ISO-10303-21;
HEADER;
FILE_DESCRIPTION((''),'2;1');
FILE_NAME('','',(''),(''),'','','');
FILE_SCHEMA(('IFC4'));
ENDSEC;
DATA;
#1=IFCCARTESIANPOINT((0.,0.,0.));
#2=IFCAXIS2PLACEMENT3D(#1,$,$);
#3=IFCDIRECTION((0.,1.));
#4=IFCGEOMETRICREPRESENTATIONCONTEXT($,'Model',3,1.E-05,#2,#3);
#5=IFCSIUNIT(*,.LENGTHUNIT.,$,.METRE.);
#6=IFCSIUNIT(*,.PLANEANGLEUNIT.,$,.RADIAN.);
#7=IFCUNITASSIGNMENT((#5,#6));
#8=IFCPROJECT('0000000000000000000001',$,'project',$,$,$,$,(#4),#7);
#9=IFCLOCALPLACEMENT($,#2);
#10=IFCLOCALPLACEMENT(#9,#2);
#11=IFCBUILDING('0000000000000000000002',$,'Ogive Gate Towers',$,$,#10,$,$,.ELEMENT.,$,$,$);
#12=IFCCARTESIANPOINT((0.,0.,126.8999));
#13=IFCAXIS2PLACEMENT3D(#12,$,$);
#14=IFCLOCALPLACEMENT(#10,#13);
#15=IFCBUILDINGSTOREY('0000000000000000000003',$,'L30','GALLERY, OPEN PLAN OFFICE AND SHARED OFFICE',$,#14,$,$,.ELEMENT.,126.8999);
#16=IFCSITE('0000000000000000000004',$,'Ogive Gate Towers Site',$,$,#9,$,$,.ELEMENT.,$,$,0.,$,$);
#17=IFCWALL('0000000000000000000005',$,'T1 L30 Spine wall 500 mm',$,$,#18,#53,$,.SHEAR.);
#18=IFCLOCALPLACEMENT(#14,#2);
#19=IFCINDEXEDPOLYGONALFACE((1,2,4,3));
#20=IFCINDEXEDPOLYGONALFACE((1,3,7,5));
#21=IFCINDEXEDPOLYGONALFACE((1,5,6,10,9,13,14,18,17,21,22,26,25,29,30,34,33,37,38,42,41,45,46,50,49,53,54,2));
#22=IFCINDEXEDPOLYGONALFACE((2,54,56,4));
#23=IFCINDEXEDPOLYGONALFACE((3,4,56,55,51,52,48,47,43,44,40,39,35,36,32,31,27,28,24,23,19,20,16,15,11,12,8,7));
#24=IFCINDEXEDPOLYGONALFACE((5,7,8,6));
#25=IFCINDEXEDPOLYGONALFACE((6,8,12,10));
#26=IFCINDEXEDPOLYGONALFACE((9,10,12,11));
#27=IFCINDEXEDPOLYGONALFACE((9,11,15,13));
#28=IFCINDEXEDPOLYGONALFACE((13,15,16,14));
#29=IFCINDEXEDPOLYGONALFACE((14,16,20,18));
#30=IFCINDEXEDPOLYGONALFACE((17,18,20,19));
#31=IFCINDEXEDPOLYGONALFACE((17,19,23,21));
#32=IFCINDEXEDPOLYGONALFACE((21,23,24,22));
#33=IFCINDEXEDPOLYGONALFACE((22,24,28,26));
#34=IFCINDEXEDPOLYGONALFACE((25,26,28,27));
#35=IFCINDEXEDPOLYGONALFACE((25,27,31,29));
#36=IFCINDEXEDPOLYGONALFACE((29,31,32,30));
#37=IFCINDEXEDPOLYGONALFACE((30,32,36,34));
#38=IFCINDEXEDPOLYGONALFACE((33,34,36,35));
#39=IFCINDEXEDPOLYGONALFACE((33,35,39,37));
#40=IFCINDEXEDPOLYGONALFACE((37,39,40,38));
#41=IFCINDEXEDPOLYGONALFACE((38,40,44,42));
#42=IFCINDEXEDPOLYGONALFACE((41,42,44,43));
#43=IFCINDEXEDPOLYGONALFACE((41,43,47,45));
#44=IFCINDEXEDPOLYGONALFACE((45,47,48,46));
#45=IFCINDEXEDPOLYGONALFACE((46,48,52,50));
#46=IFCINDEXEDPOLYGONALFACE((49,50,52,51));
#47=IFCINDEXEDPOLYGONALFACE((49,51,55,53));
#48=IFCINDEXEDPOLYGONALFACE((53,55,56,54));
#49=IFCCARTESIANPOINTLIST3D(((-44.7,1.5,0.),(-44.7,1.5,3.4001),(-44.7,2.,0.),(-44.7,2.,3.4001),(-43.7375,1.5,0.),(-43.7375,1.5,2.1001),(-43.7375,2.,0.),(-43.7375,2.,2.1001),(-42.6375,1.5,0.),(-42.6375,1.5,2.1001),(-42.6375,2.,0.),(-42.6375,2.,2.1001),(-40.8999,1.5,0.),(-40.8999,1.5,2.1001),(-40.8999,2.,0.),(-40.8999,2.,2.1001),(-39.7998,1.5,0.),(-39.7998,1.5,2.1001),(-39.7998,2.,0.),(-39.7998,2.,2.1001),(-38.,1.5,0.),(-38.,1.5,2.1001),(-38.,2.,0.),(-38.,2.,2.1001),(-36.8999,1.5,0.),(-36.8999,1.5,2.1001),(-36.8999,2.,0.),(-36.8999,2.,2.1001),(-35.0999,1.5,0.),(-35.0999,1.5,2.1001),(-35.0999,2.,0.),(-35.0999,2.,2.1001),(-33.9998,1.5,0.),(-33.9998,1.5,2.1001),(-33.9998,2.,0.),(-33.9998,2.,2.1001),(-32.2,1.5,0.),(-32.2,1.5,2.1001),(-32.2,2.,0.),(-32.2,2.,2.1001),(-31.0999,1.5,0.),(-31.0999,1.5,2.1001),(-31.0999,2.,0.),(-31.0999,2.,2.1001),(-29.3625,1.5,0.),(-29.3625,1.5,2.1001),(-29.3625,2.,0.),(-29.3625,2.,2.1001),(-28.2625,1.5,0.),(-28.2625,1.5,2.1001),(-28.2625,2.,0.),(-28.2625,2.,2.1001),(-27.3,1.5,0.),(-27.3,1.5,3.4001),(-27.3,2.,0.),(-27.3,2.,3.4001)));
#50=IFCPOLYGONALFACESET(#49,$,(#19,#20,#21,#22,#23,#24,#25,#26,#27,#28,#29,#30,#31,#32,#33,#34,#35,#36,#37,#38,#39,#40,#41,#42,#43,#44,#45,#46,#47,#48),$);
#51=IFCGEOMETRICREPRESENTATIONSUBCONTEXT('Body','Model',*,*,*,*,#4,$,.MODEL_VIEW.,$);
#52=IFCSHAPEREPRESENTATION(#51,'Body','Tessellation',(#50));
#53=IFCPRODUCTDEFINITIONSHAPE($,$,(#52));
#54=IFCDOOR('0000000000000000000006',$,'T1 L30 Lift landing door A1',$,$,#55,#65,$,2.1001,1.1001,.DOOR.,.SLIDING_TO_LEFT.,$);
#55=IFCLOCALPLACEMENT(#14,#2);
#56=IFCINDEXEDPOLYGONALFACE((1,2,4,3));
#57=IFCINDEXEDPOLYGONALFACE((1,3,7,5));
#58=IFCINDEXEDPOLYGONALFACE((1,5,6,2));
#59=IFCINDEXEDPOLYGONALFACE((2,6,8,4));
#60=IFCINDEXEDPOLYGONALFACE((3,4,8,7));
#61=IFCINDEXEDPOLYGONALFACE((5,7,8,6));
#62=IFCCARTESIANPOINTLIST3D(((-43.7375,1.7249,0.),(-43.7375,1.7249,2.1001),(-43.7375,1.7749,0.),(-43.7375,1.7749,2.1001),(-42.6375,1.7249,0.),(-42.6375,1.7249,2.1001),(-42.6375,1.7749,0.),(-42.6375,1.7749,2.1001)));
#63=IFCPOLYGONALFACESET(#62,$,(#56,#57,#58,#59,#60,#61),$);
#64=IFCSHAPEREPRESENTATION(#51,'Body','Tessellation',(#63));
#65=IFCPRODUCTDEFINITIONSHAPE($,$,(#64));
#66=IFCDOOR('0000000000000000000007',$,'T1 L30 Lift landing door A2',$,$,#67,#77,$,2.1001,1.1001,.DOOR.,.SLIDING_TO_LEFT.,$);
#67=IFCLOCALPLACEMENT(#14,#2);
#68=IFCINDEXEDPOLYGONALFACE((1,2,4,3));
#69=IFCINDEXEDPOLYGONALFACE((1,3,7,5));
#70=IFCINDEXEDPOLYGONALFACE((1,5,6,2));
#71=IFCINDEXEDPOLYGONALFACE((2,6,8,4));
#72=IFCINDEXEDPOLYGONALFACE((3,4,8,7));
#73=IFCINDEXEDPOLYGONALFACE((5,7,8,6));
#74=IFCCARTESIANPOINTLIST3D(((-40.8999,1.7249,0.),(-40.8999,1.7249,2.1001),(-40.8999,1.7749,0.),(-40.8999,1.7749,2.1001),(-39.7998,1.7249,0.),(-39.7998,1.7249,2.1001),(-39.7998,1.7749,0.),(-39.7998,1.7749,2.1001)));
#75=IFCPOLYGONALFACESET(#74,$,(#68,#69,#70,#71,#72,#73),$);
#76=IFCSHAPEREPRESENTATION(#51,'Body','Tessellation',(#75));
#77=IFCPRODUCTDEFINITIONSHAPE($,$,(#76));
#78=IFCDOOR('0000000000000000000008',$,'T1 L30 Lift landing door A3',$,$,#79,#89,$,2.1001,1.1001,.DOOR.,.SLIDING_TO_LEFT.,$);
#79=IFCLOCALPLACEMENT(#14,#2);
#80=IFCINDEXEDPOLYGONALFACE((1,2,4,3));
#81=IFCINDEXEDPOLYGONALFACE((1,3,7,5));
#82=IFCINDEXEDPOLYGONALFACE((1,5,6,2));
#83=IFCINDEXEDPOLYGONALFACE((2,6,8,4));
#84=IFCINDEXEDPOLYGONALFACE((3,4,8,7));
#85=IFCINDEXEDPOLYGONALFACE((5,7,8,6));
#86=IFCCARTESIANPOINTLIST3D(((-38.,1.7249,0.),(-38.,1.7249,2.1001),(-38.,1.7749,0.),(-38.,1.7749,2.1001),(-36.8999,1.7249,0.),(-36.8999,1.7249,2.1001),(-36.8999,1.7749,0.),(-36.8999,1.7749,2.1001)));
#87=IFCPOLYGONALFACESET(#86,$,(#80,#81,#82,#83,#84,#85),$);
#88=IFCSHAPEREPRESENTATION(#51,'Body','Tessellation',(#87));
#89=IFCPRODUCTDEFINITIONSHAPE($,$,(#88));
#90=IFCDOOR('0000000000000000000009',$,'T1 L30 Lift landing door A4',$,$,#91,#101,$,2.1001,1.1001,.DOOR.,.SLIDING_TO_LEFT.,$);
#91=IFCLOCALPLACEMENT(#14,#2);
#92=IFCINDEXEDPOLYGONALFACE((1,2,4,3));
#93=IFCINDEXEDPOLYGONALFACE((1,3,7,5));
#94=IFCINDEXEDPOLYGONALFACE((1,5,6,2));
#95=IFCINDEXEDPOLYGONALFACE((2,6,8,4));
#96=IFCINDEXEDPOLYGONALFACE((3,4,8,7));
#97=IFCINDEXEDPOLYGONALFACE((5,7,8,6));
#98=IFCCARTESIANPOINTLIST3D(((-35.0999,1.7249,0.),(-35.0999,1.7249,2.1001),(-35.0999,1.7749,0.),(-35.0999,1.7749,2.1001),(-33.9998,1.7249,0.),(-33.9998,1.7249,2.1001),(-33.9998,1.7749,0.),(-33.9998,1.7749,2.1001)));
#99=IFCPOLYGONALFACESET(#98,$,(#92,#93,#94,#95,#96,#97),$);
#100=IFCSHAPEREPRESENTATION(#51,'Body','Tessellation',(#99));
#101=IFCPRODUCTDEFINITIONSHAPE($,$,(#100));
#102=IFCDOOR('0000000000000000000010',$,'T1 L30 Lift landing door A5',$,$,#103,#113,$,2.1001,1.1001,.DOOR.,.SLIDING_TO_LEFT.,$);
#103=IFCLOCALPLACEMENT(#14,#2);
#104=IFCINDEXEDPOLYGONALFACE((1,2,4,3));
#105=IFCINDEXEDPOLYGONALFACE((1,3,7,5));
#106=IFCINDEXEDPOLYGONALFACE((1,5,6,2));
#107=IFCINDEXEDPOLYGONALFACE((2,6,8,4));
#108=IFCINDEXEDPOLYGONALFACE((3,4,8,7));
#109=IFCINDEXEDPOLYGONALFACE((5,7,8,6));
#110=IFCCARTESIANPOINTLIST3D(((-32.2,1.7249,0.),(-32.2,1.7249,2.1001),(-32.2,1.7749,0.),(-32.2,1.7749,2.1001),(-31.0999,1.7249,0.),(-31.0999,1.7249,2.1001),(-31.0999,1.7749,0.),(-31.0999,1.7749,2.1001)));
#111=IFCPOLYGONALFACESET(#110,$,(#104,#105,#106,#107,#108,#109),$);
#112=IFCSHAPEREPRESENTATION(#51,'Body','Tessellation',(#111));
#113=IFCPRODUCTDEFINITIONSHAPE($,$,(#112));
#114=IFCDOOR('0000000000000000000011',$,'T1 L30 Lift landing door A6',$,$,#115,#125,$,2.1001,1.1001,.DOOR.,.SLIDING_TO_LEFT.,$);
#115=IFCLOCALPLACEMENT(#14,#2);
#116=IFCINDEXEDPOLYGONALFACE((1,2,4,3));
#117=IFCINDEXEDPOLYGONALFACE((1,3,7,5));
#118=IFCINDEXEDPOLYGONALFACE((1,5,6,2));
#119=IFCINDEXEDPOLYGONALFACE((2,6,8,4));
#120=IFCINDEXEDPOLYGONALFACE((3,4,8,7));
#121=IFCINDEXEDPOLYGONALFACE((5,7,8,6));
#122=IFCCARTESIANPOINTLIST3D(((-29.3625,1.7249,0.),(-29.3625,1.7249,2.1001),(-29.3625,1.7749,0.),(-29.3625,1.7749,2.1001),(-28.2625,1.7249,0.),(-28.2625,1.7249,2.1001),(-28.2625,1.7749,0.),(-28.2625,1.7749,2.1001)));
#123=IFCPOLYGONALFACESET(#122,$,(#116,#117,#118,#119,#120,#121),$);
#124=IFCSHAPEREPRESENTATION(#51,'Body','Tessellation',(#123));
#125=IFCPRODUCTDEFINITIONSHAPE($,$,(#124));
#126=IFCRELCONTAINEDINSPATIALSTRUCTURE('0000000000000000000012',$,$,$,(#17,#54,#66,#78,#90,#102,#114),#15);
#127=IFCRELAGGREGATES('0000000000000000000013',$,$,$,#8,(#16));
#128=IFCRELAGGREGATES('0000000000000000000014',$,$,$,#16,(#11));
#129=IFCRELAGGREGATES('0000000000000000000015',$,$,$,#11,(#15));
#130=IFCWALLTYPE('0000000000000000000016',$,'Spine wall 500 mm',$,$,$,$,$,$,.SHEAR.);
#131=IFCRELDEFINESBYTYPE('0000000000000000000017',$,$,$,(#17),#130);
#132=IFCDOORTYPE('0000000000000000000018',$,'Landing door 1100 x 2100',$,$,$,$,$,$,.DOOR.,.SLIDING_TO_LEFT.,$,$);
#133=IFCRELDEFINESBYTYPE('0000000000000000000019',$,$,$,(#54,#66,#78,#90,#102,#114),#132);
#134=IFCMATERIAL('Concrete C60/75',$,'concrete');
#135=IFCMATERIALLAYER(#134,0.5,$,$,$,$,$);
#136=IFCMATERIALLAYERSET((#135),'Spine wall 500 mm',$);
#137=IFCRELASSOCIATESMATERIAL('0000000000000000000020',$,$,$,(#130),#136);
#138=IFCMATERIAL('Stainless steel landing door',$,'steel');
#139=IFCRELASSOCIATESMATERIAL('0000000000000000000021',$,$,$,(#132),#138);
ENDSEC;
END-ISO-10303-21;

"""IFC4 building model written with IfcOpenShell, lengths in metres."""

from ifc_helpers import new_model, si_unit, direction, frame, frame_2d, origin, place, context, subcontext, project, spatial, rectangle, extrude, material, layer, layer_set, type_object, element, fill, save


model = new_model("IFC4")

# Units and contexts
model_context = context("Model", 3, precision=1e-05, world=origin(), true_north=direction((0.0, 1.0)))
body_context = subcontext(model_context, "Body", "Model", "MODEL_VIEW")
ifc_project = project(units=[si_unit("LENGTHUNIT", "METRE"), si_unit("PLANEANGLEUNIT", "RADIAN")], contexts=[model_context])

# Site, building, storey
site_placement = place(None, origin())
site = spatial("IfcSite", under=ifc_project, at=site_placement, Name="Ogive Gate Towers Site", CompositionType="ELEMENT", RefElevation=0.0)
building_placement = place(site_placement, origin())
building = spatial("IfcBuilding", under=site, at=building_placement, Name="Ogive Gate Towers", CompositionType="ELEMENT")
storey_placement = place(building_placement, frame((0.0, 0.0, 126.8999)))
storey = spatial("IfcBuildingStorey", under=building, at=storey_placement, Name="L30", Description="GALLERY, OPEN PLAN OFFICE AND SHARED OFFICE", CompositionType="ELEMENT", Elevation=126.8999)

# Shared definitions
ifc_material_1 = material(Name="Concrete C60/75", Category="concrete")

# Wall, openings, doors
ifc_layer_1 = layer(ifc_material_1, 0.5)
ifc_layer_set_1 = layer_set([ifc_layer_1], Name="Spine wall 500 mm")
wall_type_1 = type_object("IfcWallType", Name="Spine wall 500 mm", PredefinedType="SHEAR", material=ifc_layer_set_1)
wall_1_placement = place(storey_placement, frame((-44.7, 1.75, 0.0), z_axis=(0.0, 0.0, 1.0), x_axis=(1.0, 0.0, 0.0)))
wall_1 = element("IfcWall", 1, at=wall_1_placement, inside=storey, type_object=wall_type_1, Name="T1 L30 Spine wall 500 mm", PredefinedType="SHEAR", context=body_context, shape_type="SweptSolid", body=[
    extrude(rectangle(XDim=17.3999, YDim=0.5, at=frame_2d((8.7, 0.0))), origin(), (0.0, 0.0, 1.0), 3.4001),
])
opening_1_placement = place(wall_1_placement, frame((0.9624, 0.0, 0.0)))
opening_1 = element("IfcOpeningElement", 2, at=opening_1_placement, cuts=wall_1, PredefinedType="OPENING", context=body_context, shape_type="SweptSolid", body=[
    extrude(rectangle(XDim=1.1001, YDim=2.1001, at=frame_2d((0.55, 1.05))), frame((0.0, 0.26, 0.0), z_axis=(0.0, -1.0, 0.0), x_axis=(1.0, 0.0, 0.0)), (0.0, 0.0, 1.0), 0.52),
])
opening_2_placement = place(wall_1_placement, frame((3.8, 0.0, 0.0)))
opening_2 = element("IfcOpeningElement", 3, at=opening_2_placement, cuts=wall_1, PredefinedType="OPENING", context=body_context, shape_type="SweptSolid", body=[
    extrude(rectangle(XDim=1.1001, YDim=2.1001, at=frame_2d((0.55, 1.05))), frame((0.0, 0.26, 0.0), z_axis=(0.0, -1.0, 0.0), x_axis=(1.0, 0.0, 0.0)), (0.0, 0.0, 1.0), 0.52),
])
opening_3_placement = place(wall_1_placement, frame((6.7, 0.0, 0.0)))
opening_3 = element("IfcOpeningElement", 4, at=opening_3_placement, cuts=wall_1, PredefinedType="OPENING", context=body_context, shape_type="SweptSolid", body=[
    extrude(rectangle(XDim=1.1001, YDim=2.1001, at=frame_2d((0.55, 1.05))), frame((0.0, 0.26, 0.0), z_axis=(0.0, -1.0, 0.0), x_axis=(1.0, 0.0, 0.0)), (0.0, 0.0, 1.0), 0.52),
])
opening_4_placement = place(wall_1_placement, frame((9.6001, 0.0, 0.0)))
opening_4 = element("IfcOpeningElement", 5, at=opening_4_placement, cuts=wall_1, PredefinedType="OPENING", context=body_context, shape_type="SweptSolid", body=[
    extrude(rectangle(XDim=1.1001, YDim=2.1001, at=frame_2d((0.55, 1.05))), frame((0.0, 0.26, 0.0), z_axis=(0.0, -1.0, 0.0), x_axis=(1.0, 0.0, 0.0)), (0.0, 0.0, 1.0), 0.52),
])
opening_5_placement = place(wall_1_placement, frame((12.5, 0.0, 0.0)))
opening_5 = element("IfcOpeningElement", 6, at=opening_5_placement, cuts=wall_1, PredefinedType="OPENING", context=body_context, shape_type="SweptSolid", body=[
    extrude(rectangle(XDim=1.1001, YDim=2.1001, at=frame_2d((0.55, 1.05))), frame((0.0, 0.26, 0.0), z_axis=(0.0, -1.0, 0.0), x_axis=(1.0, 0.0, 0.0)), (0.0, 0.0, 1.0), 0.52),
])
opening_6_placement = place(wall_1_placement, frame((15.3374, 0.0, 0.0)))
opening_6 = element("IfcOpeningElement", 7, at=opening_6_placement, cuts=wall_1, PredefinedType="OPENING", context=body_context, shape_type="SweptSolid", body=[
    extrude(rectangle(XDim=1.1001, YDim=2.1001, at=frame_2d((0.55, 1.05))), frame((0.0, 0.26, 0.0), z_axis=(0.0, -1.0, 0.0), x_axis=(1.0, 0.0, 0.0)), (0.0, 0.0, 1.0), 0.52),
])
ifc_material_2 = material(Name="Stainless steel landing door", Category="steel")
door_type_1 = type_object("IfcDoorType", Name="Landing door 1100 x 2100", OperationType="SLIDING_TO_LEFT", PredefinedType="DOOR", material=ifc_material_2)
door_1_placement = place(opening_1_placement, origin())
door_1 = element("IfcDoor", 8, at=door_1_placement, inside=storey, type_object=door_type_1, Name="T1 L30 Lift landing door A1", OperationType="SLIDING_TO_LEFT", OverallHeight=2.1001, OverallWidth=1.1001, PredefinedType="DOOR", context=body_context, shape_type="SweptSolid", body=[
    extrude(rectangle(XDim=1.1001, YDim=2.1001, at=frame_2d((0.55, 1.05))), frame((0.0, 0.0249, 0.0), z_axis=(0.0, -1.0, 0.0), x_axis=(1.0, 0.0, 0.0)), (0.0, 0.0, 1.0), 0.05),
])
fill(opening_1, door_1)
door_2_placement = place(opening_2_placement, origin())
door_2 = element("IfcDoor", 9, at=door_2_placement, inside=storey, type_object=door_type_1, Name="T1 L30 Lift landing door A2", OperationType="SLIDING_TO_LEFT", OverallHeight=2.1001, OverallWidth=1.1001, PredefinedType="DOOR", context=body_context, shape_type="SweptSolid", body=[
    extrude(rectangle(XDim=1.1001, YDim=2.1001, at=frame_2d((0.55, 1.05))), frame((0.0, 0.0249, 0.0), z_axis=(0.0, -1.0, 0.0), x_axis=(1.0, 0.0, 0.0)), (0.0, 0.0, 1.0), 0.05),
])
fill(opening_2, door_2)
door_3_placement = place(opening_3_placement, origin())
door_3 = element("IfcDoor", 10, at=door_3_placement, inside=storey, type_object=door_type_1, Name="T1 L30 Lift landing door A3", OperationType="SLIDING_TO_LEFT", OverallHeight=2.1001, OverallWidth=1.1001, PredefinedType="DOOR", context=body_context, shape_type="SweptSolid", body=[
    extrude(rectangle(XDim=1.1001, YDim=2.1001, at=frame_2d((0.55, 1.05))), frame((0.0, 0.0249, 0.0), z_axis=(0.0, -1.0, 0.0), x_axis=(1.0, 0.0, 0.0)), (0.0, 0.0, 1.0), 0.05),
])
fill(opening_3, door_3)
door_4_placement = place(opening_4_placement, origin())
door_4 = element("IfcDoor", 11, at=door_4_placement, inside=storey, type_object=door_type_1, Name="T1 L30 Lift landing door A4", OperationType="SLIDING_TO_LEFT", OverallHeight=2.1001, OverallWidth=1.1001, PredefinedType="DOOR", context=body_context, shape_type="SweptSolid", body=[
    extrude(rectangle(XDim=1.1001, YDim=2.1001, at=frame_2d((0.55, 1.05))), frame((0.0, 0.0249, 0.0), z_axis=(0.0, -1.0, 0.0), x_axis=(1.0, 0.0, 0.0)), (0.0, 0.0, 1.0), 0.05),
])
fill(opening_4, door_4)
door_5_placement = place(opening_5_placement, origin())
door_5 = element("IfcDoor", 12, at=door_5_placement, inside=storey, type_object=door_type_1, Name="T1 L30 Lift landing door A5", OperationType="SLIDING_TO_LEFT", OverallHeight=2.1001, OverallWidth=1.1001, PredefinedType="DOOR", context=body_context, shape_type="SweptSolid", body=[
    extrude(rectangle(XDim=1.1001, YDim=2.1001, at=frame_2d((0.55, 1.05))), frame((0.0, 0.0249, 0.0), z_axis=(0.0, -1.0, 0.0), x_axis=(1.0, 0.0, 0.0)), (0.0, 0.0, 1.0), 0.05),
])
fill(opening_5, door_5)
door_6_placement = place(opening_6_placement, origin())
door_6 = element("IfcDoor", 13, at=door_6_placement, inside=storey, type_object=door_type_1, Name="T1 L30 Lift landing door A6", OperationType="SLIDING_TO_LEFT", OverallHeight=2.1001, OverallWidth=1.1001, PredefinedType="DOOR", context=body_context, shape_type="SweptSolid", body=[
    extrude(rectangle(XDim=1.1001, YDim=2.1001, at=frame_2d((0.55, 1.05))), frame((0.0, 0.0249, 0.0), z_axis=(0.0, -1.0, 0.0), x_axis=(1.0, 0.0, 0.0)), (0.0, 0.0, 1.0), 0.05),
])
fill(opening_6, door_6)

save(model, "model.ifc")
